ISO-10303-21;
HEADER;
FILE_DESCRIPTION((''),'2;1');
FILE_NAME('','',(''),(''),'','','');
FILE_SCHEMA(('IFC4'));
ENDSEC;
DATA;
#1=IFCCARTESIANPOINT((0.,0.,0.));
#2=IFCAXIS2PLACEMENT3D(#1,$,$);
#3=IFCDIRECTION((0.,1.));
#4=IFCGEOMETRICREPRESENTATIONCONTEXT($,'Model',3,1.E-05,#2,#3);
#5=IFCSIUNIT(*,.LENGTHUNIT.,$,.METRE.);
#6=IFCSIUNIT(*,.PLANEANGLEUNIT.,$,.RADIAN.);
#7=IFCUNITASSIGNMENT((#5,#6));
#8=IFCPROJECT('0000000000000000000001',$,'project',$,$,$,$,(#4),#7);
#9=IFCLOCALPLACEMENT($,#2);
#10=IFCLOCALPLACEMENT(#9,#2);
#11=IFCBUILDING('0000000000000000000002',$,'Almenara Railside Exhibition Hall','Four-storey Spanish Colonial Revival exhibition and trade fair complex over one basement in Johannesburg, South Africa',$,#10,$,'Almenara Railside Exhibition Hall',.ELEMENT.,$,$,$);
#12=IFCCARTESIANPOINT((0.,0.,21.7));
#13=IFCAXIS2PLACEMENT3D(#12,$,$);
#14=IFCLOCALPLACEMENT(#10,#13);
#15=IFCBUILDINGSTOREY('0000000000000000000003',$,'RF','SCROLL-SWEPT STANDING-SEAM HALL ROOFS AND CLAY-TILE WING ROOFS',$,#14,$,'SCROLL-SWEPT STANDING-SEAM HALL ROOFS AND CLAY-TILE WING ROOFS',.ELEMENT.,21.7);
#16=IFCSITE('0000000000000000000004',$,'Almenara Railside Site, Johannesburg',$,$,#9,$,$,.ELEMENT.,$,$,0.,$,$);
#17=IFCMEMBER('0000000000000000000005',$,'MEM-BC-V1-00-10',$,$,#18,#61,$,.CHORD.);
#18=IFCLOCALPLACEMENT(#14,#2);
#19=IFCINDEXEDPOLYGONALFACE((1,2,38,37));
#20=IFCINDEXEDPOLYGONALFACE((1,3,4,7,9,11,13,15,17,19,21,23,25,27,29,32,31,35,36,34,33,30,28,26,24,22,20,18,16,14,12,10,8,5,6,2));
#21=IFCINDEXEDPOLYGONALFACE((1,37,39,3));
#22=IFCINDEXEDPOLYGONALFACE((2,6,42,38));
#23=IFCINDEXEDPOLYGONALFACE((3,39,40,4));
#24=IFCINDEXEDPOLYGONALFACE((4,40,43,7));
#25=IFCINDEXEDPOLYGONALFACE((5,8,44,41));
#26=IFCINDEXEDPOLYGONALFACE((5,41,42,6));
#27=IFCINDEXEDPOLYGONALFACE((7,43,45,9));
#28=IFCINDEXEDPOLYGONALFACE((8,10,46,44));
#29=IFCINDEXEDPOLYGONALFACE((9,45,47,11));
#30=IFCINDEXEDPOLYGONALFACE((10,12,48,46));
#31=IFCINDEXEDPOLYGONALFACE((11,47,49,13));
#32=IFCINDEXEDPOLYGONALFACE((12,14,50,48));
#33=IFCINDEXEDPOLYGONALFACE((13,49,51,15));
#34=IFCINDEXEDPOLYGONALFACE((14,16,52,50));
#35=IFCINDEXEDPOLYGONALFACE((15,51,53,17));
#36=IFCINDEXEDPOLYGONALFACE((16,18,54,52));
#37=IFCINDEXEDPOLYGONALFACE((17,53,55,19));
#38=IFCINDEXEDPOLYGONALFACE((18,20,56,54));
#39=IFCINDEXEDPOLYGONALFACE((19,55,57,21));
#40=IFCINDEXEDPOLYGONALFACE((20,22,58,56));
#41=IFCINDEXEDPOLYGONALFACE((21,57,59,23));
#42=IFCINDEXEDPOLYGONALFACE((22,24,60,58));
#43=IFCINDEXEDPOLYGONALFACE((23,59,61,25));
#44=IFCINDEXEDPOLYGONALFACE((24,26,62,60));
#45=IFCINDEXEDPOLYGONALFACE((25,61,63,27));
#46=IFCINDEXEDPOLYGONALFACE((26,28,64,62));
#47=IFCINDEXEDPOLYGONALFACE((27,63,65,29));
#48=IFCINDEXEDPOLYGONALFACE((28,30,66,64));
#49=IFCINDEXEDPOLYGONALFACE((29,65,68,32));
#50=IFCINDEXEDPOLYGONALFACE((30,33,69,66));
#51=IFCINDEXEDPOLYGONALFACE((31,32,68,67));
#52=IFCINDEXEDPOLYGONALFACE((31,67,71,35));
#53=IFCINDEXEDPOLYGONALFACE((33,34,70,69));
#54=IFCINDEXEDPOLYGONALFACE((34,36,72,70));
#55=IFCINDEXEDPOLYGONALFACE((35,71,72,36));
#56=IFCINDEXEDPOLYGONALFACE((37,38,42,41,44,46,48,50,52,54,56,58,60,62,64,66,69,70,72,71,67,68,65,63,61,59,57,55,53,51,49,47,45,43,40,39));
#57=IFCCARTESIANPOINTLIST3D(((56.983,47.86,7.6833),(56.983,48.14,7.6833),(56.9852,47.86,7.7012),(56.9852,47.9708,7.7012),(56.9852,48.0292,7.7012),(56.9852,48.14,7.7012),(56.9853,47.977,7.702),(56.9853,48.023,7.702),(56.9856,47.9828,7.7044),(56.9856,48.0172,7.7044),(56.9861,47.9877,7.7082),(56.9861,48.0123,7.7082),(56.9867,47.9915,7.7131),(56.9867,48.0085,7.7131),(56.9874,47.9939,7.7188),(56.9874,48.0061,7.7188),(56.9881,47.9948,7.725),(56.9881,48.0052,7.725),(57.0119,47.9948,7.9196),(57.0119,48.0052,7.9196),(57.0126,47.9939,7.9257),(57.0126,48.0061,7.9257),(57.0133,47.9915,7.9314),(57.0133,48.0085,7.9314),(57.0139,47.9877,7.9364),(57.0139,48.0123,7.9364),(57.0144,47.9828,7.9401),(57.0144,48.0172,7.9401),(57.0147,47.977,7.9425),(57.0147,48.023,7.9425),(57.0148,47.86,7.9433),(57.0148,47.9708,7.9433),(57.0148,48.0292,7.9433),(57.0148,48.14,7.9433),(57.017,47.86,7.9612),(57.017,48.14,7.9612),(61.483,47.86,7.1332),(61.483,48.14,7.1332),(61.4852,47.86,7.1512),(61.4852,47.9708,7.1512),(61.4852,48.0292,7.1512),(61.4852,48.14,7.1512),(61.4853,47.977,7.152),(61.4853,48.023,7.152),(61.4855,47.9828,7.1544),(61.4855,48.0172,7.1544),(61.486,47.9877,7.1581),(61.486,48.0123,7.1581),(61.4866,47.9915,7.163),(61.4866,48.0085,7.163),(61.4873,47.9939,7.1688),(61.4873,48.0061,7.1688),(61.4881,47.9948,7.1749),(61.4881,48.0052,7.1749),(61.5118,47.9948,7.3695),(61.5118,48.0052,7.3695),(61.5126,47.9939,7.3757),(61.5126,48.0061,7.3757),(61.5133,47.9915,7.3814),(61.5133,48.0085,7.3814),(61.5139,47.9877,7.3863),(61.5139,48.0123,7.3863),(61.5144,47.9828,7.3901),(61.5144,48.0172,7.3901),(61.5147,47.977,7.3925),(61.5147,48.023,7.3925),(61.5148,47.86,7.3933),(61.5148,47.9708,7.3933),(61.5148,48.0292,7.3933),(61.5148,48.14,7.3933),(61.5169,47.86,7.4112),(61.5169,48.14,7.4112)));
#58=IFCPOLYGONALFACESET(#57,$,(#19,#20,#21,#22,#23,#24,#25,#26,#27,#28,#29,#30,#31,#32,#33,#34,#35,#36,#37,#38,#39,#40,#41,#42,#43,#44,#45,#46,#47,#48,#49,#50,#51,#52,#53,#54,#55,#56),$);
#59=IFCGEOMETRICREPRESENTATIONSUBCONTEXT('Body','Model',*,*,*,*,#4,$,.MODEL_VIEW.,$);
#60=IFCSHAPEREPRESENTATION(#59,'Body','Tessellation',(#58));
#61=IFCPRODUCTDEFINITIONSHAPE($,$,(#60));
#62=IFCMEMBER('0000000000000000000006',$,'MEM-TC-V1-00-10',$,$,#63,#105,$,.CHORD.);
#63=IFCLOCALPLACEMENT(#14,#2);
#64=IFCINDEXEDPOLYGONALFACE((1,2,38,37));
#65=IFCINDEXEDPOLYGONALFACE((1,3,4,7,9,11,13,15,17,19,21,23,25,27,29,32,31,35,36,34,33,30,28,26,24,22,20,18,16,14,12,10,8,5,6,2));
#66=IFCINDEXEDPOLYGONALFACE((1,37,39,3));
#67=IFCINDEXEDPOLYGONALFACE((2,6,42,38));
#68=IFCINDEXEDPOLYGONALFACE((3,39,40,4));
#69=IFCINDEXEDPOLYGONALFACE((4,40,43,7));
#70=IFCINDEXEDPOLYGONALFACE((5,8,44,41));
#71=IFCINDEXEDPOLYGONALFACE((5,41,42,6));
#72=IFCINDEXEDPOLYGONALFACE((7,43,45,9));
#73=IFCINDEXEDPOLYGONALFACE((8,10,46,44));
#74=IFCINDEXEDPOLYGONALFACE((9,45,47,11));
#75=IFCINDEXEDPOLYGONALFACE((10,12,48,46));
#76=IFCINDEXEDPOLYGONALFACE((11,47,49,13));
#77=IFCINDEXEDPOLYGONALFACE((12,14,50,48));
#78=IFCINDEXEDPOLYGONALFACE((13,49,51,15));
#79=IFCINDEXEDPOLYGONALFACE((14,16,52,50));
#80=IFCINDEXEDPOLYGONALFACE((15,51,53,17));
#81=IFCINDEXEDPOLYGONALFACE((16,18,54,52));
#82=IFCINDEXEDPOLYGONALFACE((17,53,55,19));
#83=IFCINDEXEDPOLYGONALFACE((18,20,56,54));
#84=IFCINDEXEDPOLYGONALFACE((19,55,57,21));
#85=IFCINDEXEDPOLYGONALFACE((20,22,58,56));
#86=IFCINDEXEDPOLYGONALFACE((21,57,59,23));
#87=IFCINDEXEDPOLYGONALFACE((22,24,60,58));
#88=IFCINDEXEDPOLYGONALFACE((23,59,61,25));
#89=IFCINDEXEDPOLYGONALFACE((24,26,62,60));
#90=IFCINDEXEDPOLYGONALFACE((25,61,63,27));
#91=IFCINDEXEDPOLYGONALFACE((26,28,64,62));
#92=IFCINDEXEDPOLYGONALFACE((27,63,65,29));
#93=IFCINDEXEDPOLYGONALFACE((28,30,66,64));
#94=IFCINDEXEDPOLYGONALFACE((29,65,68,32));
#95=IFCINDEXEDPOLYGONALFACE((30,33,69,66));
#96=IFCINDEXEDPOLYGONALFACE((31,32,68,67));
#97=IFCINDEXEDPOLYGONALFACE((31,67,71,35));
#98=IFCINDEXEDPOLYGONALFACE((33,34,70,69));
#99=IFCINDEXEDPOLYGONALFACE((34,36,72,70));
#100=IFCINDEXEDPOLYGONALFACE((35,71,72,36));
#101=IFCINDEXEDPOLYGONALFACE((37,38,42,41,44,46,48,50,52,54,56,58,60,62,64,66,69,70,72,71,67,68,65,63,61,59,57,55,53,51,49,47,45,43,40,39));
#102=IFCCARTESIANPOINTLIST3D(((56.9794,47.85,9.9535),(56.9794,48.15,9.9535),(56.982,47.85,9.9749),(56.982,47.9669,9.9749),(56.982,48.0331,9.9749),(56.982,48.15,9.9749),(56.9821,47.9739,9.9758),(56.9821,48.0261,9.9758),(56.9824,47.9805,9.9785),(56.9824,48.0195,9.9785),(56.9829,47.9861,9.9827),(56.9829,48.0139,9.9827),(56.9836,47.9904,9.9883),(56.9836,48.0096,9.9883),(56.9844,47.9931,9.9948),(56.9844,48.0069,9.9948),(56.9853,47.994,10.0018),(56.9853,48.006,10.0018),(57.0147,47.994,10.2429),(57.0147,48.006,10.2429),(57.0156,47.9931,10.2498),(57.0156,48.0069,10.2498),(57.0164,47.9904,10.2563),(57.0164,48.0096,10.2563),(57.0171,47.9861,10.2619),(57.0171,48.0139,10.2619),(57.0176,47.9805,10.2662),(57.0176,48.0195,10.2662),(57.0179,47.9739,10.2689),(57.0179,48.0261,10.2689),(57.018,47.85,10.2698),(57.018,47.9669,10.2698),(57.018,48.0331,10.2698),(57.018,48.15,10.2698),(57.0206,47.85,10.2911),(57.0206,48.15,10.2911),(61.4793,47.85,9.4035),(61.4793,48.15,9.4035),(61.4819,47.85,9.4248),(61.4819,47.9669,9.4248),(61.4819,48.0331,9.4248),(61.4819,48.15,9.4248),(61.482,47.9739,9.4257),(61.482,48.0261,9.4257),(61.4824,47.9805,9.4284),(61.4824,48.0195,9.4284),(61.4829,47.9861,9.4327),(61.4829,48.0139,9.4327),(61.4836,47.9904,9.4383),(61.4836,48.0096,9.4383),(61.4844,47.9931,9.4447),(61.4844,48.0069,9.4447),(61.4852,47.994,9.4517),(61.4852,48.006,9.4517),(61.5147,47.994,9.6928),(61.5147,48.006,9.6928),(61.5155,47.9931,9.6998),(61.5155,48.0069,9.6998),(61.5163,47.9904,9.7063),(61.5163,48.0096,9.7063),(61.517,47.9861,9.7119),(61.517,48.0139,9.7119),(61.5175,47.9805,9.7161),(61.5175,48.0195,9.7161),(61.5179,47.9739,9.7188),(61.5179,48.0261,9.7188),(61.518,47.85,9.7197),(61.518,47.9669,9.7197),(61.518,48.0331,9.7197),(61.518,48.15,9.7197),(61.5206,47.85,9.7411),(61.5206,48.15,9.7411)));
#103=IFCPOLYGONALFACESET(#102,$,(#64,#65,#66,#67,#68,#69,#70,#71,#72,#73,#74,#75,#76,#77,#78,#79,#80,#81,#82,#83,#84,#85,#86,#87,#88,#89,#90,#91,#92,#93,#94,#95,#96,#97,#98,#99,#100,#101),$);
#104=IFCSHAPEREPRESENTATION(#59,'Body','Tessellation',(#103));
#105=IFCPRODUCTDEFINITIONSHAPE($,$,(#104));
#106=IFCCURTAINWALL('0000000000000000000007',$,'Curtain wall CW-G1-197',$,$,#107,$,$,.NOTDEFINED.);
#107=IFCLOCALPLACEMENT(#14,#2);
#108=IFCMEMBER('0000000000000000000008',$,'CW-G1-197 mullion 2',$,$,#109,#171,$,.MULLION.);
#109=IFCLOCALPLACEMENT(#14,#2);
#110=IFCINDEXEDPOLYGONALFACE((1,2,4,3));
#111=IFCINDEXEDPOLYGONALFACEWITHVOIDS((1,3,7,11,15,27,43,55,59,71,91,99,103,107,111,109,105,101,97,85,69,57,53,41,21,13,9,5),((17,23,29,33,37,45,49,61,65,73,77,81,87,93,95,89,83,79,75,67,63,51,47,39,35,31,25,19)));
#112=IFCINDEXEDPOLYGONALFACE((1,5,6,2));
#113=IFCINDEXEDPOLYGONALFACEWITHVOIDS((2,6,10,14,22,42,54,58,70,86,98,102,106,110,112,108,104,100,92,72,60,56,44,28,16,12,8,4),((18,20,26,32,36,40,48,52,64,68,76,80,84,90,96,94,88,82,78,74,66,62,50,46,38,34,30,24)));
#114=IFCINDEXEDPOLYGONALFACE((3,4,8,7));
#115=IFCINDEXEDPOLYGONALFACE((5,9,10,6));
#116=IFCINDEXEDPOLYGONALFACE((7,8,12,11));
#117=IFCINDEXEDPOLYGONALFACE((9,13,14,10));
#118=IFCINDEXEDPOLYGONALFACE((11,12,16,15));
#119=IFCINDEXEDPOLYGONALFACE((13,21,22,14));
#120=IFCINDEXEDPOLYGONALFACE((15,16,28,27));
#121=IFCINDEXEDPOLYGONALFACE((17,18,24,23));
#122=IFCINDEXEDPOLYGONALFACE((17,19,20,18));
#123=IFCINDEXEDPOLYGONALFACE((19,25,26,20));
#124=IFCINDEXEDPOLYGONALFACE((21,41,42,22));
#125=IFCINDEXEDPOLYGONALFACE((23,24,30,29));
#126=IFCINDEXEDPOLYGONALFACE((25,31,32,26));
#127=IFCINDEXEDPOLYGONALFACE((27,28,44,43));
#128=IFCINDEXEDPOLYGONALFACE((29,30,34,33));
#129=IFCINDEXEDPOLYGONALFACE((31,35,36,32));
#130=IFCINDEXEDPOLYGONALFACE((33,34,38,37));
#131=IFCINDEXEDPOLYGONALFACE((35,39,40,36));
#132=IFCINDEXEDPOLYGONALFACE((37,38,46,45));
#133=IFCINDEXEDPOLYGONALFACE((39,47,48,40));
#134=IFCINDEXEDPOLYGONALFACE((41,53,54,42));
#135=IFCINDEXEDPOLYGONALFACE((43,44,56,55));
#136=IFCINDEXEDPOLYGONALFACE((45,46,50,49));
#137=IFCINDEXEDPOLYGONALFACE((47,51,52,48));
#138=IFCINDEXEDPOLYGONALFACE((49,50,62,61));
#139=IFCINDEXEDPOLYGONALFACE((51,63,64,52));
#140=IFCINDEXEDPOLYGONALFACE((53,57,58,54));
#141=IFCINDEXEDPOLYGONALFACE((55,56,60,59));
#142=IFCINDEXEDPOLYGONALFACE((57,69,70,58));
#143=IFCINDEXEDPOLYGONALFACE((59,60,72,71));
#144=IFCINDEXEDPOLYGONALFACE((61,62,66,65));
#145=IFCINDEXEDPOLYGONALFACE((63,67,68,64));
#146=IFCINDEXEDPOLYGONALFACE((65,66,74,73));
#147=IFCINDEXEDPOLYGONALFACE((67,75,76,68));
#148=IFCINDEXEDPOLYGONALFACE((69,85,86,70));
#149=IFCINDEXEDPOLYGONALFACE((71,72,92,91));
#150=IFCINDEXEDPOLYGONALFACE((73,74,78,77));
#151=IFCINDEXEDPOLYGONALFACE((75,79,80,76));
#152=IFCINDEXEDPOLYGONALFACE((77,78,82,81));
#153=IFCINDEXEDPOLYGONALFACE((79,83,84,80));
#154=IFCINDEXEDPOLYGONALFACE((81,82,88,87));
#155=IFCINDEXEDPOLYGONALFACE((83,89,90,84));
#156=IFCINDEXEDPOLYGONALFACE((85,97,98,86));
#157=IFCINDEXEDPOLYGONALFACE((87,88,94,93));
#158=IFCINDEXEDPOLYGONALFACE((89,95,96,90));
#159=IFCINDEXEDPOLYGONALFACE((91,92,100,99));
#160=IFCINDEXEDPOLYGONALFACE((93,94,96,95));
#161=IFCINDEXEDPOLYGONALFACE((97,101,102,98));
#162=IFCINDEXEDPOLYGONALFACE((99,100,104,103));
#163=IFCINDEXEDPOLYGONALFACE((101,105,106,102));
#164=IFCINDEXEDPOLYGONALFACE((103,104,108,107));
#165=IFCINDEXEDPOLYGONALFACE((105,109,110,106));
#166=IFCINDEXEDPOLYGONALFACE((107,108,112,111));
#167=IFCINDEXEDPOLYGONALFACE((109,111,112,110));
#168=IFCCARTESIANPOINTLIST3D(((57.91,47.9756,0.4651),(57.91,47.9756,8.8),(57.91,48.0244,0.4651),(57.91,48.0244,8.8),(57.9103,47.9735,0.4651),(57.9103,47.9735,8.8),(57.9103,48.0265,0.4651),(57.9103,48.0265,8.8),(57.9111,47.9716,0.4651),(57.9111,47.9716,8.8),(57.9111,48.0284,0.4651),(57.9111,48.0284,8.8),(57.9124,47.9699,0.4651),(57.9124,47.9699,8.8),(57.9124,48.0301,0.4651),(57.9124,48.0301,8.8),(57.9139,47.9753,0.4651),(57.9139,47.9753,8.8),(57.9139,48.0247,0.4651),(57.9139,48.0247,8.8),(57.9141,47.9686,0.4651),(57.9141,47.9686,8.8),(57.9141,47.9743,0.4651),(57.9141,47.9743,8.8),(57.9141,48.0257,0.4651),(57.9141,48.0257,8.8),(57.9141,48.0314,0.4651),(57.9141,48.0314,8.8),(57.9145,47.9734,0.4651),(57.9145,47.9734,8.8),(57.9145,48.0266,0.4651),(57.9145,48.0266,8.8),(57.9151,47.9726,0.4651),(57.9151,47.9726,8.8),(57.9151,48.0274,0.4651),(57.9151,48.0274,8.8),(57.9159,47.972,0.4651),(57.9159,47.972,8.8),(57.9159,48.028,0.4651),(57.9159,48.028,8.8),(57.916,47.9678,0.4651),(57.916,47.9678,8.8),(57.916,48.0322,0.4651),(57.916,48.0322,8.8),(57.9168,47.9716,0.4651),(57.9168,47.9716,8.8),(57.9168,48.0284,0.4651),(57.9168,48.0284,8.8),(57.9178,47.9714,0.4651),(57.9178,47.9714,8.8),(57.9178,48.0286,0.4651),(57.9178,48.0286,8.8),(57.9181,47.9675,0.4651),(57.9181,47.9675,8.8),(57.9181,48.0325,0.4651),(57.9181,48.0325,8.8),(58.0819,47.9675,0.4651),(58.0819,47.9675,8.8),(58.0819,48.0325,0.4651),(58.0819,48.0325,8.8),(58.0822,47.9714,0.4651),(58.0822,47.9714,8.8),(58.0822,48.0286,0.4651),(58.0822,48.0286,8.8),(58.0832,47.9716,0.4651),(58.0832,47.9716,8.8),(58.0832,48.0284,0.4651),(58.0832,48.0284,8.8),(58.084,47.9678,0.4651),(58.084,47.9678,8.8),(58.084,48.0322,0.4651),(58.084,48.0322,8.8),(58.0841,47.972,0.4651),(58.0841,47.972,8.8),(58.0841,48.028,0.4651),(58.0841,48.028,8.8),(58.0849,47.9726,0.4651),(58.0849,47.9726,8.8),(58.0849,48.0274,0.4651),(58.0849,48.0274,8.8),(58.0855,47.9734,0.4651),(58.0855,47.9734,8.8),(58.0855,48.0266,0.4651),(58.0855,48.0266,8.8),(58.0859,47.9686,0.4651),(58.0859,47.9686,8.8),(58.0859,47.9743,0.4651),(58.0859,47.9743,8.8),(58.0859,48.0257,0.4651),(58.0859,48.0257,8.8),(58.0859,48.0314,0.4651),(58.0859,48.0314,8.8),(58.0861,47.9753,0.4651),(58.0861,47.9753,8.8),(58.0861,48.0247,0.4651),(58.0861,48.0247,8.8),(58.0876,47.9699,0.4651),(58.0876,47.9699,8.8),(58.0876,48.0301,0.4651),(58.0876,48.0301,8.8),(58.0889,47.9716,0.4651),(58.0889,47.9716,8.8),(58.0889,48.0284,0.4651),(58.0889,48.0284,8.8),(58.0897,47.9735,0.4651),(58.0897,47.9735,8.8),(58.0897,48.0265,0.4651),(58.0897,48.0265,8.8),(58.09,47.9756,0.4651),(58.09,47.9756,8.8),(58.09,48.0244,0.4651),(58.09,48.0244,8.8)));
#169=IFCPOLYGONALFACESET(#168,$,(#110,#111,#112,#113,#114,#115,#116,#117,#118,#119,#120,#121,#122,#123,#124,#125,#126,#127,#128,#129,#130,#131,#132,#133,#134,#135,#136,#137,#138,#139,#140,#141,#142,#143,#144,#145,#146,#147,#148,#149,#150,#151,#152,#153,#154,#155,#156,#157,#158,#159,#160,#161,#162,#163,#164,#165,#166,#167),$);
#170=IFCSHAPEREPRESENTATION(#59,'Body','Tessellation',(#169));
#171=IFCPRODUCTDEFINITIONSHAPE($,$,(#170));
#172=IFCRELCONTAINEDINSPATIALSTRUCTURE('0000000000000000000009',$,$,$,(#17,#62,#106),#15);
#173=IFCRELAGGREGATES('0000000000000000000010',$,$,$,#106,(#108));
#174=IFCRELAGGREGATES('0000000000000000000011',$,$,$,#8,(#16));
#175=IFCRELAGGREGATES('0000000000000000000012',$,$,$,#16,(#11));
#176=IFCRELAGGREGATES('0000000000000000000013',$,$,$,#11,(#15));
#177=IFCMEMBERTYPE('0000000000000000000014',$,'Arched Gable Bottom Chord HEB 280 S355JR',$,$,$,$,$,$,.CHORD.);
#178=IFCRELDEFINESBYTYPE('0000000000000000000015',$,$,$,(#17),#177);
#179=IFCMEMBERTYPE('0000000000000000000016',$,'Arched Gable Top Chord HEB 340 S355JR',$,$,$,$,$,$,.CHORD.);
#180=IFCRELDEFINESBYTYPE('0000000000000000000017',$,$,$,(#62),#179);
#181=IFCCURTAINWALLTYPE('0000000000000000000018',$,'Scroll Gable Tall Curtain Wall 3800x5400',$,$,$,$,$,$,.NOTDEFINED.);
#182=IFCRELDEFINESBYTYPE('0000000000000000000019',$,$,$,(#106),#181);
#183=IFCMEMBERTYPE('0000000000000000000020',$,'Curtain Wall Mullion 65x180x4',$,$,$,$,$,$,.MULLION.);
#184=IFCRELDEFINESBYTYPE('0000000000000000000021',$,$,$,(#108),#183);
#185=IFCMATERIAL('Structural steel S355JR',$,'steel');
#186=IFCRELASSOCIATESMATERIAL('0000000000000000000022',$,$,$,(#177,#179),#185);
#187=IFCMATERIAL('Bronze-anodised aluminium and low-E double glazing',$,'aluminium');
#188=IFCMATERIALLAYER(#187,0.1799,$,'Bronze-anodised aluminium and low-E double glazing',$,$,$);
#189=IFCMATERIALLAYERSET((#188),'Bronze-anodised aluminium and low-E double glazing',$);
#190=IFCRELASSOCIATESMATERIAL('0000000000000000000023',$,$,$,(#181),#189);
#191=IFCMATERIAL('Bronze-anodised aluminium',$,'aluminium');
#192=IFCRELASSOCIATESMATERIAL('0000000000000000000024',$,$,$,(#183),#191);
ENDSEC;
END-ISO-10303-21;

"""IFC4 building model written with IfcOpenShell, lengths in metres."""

from ifc_helpers import new_model, si_unit, direction, frame, origin, origin_2d, place, context, subcontext, project, spatial, hollow_rectangle, i_section, extrude, material, layer, layer_set, material_profile, profile_set, type_object, element, aggregate, save


model = new_model("IFC4")

# Units and contexts
model_context = context("Model", 3, precision=1e-05, world=origin(), true_north=direction((0.0, 1.0)))
body_context = subcontext(model_context, "Body", "Model", "MODEL_VIEW")
ifc_project = project(units=[si_unit("LENGTHUNIT", "METRE"), si_unit("PLANEANGLEUNIT", "RADIAN")], contexts=[model_context])

# Site, building, storey
site_placement = place(None, origin())
site = spatial("IfcSite", under=ifc_project, at=site_placement, Name="Almenara Railside Site, Johannesburg", CompositionType="ELEMENT", RefElevation=0.0)
building_placement = place(site_placement, origin())
building = spatial("IfcBuilding", under=site, at=building_placement, Name="Almenara Railside Exhibition Hall", Description="Four-storey Spanish Colonial Revival exhibition and trade fair complex over one basement in Johannesburg, South Africa", LongName="Almenara Railside Exhibition Hall", CompositionType="ELEMENT")
storey_placement = place(building_placement, frame((0.0, 0.0, 21.7)))
storey = spatial("IfcBuildingStorey", under=building, at=storey_placement, Name="RF", Description="SCROLL-SWEPT STANDING-SEAM HALL ROOFS AND CLAY-TILE WING ROOFS", LongName="SCROLL-SWEPT STANDING-SEAM HALL ROOFS AND CLAY-TILE WING ROOFS", CompositionType="ELEMENT", Elevation=21.7)

# Members
ifc_material_1 = material(Name="Structural steel S355JR", Category="steel")
ifc_material_profile_1 = material_profile(ifc_material_1, i_section(OverallWidth=0.28, OverallDepth=0.28, WebThickness=0.0105, FlangeThickness=0.0181, FilletRadius=0.0239, at=origin_2d()), Name="HEB 280")
ifc_profile_set_1 = profile_set([ifc_material_profile_1], Name="Structural steel S355JR")
member_type_1 = type_object("IfcMemberType", Name="Arched Gable Bottom Chord HEB 280 S355JR", PredefinedType="CHORD", material=ifc_profile_set_1)
member_1_placement = place(storey_placement, frame((57.0, 48.0, 7.8223), z_axis=(0.992612, 0.0, -0.12133), x_axis=(0.0, 1.0, 0.0)))
element("IfcMember", 1, at=member_1_placement, inside=storey, type_object=member_type_1, Name="MEM-BC-V1-00-10", PredefinedType="CHORD", context=body_context, shape_type="SweptSolid", body=[
    extrude(i_section(OverallWidth=0.28, OverallDepth=0.28, WebThickness=0.0105, FlangeThickness=0.0181, FilletRadius=0.0239, at=origin_2d()), origin(), (0.0, 0.0, 1.0), 4.5334),
])
ifc_material_profile_2 = material_profile(ifc_material_1, i_section(OverallWidth=0.3, OverallDepth=0.3401, WebThickness=0.012, FlangeThickness=0.0215, FilletRadius=0.0271, at=origin_2d()), Name="HEB 340")
ifc_profile_set_2 = profile_set([ifc_material_profile_2], Name="Structural steel S355JR")
member_type_2 = type_object("IfcMemberType", Name="Arched Gable Top Chord HEB 340 S355JR", PredefinedType="CHORD", material=ifc_profile_set_2)
member_2_placement = place(storey_placement, frame((57.0, 48.0, 10.1223), z_axis=(0.992612, 0.0, -0.12133), x_axis=(0.0, 1.0, 0.0)))
element("IfcMember", 2, at=member_2_placement, inside=storey, type_object=member_type_2, Name="MEM-TC-V1-00-10", PredefinedType="CHORD", context=body_context, shape_type="SweptSolid", body=[
    extrude(i_section(OverallWidth=0.3, OverallDepth=0.3401, WebThickness=0.012, FlangeThickness=0.0215, FilletRadius=0.0271, at=origin_2d()), origin(), (0.0, 0.0, 1.0), 4.5334),
])

# Curtain wall, member
ifc_material_2 = material(Name="Bronze-anodised aluminium and low-E double glazing", Category="aluminium")
ifc_layer_1 = layer(ifc_material_2, 0.1799, Name="Bronze-anodised aluminium and low-E double glazing")
ifc_layer_set_1 = layer_set([ifc_layer_1], Name="Bronze-anodised aluminium and low-E double glazing")
curtain_wall_type = type_object("IfcCurtainWallType", Name="Scroll Gable Tall Curtain Wall 3800x5400", PredefinedType="NOTDEFINED", material=ifc_layer_set_1)
curtain_wall_placement = place(storey_placement, origin())
curtain_wall = element("IfcCurtainWall", 3, at=curtain_wall_placement, inside=storey, type_object=curtain_wall_type, Name="Curtain wall CW-G1-197", PredefinedType="NOTDEFINED")
ifc_material_3 = material(Name="Bronze-anodised aluminium", Category="aluminium")
ifc_material_profile_3 = material_profile(ifc_material_3, hollow_rectangle(XDim=0.0649, YDim=0.1799, WallThickness=0.0039, InnerFilletRadius=0.0039, OuterFilletRadius=0.0081, at=origin_2d()), Name="ALU-MUL 65x180x4")
ifc_profile_set_3 = profile_set([ifc_material_profile_3], Name="Bronze-anodised aluminium")
member_type_3 = type_object("IfcMemberType", Name="Curtain Wall Mullion 65x180x4", PredefinedType="MULLION", material=ifc_profile_set_3)
member_3_placement = place(storey_placement, frame((58.0, 48.0, 0.4651), z_axis=(0.0, 0.0, 1.0), x_axis=(0.0, 1.0, 0.0)))
member_3 = element("IfcMember", 4, at=member_3_placement, type_object=member_type_3, Name="CW-G1-197 mullion 2", PredefinedType="MULLION", context=body_context, shape_type="SweptSolid", body=[
    extrude(hollow_rectangle(XDim=0.0649, YDim=0.1799, WallThickness=0.0039, InnerFilletRadius=0.0039, OuterFilletRadius=0.0081, at=origin_2d()), origin(), (0.0, 0.0, 1.0), 8.335),
])

aggregate(curtain_wall, [member_3])

save(model, "model.ifc")
